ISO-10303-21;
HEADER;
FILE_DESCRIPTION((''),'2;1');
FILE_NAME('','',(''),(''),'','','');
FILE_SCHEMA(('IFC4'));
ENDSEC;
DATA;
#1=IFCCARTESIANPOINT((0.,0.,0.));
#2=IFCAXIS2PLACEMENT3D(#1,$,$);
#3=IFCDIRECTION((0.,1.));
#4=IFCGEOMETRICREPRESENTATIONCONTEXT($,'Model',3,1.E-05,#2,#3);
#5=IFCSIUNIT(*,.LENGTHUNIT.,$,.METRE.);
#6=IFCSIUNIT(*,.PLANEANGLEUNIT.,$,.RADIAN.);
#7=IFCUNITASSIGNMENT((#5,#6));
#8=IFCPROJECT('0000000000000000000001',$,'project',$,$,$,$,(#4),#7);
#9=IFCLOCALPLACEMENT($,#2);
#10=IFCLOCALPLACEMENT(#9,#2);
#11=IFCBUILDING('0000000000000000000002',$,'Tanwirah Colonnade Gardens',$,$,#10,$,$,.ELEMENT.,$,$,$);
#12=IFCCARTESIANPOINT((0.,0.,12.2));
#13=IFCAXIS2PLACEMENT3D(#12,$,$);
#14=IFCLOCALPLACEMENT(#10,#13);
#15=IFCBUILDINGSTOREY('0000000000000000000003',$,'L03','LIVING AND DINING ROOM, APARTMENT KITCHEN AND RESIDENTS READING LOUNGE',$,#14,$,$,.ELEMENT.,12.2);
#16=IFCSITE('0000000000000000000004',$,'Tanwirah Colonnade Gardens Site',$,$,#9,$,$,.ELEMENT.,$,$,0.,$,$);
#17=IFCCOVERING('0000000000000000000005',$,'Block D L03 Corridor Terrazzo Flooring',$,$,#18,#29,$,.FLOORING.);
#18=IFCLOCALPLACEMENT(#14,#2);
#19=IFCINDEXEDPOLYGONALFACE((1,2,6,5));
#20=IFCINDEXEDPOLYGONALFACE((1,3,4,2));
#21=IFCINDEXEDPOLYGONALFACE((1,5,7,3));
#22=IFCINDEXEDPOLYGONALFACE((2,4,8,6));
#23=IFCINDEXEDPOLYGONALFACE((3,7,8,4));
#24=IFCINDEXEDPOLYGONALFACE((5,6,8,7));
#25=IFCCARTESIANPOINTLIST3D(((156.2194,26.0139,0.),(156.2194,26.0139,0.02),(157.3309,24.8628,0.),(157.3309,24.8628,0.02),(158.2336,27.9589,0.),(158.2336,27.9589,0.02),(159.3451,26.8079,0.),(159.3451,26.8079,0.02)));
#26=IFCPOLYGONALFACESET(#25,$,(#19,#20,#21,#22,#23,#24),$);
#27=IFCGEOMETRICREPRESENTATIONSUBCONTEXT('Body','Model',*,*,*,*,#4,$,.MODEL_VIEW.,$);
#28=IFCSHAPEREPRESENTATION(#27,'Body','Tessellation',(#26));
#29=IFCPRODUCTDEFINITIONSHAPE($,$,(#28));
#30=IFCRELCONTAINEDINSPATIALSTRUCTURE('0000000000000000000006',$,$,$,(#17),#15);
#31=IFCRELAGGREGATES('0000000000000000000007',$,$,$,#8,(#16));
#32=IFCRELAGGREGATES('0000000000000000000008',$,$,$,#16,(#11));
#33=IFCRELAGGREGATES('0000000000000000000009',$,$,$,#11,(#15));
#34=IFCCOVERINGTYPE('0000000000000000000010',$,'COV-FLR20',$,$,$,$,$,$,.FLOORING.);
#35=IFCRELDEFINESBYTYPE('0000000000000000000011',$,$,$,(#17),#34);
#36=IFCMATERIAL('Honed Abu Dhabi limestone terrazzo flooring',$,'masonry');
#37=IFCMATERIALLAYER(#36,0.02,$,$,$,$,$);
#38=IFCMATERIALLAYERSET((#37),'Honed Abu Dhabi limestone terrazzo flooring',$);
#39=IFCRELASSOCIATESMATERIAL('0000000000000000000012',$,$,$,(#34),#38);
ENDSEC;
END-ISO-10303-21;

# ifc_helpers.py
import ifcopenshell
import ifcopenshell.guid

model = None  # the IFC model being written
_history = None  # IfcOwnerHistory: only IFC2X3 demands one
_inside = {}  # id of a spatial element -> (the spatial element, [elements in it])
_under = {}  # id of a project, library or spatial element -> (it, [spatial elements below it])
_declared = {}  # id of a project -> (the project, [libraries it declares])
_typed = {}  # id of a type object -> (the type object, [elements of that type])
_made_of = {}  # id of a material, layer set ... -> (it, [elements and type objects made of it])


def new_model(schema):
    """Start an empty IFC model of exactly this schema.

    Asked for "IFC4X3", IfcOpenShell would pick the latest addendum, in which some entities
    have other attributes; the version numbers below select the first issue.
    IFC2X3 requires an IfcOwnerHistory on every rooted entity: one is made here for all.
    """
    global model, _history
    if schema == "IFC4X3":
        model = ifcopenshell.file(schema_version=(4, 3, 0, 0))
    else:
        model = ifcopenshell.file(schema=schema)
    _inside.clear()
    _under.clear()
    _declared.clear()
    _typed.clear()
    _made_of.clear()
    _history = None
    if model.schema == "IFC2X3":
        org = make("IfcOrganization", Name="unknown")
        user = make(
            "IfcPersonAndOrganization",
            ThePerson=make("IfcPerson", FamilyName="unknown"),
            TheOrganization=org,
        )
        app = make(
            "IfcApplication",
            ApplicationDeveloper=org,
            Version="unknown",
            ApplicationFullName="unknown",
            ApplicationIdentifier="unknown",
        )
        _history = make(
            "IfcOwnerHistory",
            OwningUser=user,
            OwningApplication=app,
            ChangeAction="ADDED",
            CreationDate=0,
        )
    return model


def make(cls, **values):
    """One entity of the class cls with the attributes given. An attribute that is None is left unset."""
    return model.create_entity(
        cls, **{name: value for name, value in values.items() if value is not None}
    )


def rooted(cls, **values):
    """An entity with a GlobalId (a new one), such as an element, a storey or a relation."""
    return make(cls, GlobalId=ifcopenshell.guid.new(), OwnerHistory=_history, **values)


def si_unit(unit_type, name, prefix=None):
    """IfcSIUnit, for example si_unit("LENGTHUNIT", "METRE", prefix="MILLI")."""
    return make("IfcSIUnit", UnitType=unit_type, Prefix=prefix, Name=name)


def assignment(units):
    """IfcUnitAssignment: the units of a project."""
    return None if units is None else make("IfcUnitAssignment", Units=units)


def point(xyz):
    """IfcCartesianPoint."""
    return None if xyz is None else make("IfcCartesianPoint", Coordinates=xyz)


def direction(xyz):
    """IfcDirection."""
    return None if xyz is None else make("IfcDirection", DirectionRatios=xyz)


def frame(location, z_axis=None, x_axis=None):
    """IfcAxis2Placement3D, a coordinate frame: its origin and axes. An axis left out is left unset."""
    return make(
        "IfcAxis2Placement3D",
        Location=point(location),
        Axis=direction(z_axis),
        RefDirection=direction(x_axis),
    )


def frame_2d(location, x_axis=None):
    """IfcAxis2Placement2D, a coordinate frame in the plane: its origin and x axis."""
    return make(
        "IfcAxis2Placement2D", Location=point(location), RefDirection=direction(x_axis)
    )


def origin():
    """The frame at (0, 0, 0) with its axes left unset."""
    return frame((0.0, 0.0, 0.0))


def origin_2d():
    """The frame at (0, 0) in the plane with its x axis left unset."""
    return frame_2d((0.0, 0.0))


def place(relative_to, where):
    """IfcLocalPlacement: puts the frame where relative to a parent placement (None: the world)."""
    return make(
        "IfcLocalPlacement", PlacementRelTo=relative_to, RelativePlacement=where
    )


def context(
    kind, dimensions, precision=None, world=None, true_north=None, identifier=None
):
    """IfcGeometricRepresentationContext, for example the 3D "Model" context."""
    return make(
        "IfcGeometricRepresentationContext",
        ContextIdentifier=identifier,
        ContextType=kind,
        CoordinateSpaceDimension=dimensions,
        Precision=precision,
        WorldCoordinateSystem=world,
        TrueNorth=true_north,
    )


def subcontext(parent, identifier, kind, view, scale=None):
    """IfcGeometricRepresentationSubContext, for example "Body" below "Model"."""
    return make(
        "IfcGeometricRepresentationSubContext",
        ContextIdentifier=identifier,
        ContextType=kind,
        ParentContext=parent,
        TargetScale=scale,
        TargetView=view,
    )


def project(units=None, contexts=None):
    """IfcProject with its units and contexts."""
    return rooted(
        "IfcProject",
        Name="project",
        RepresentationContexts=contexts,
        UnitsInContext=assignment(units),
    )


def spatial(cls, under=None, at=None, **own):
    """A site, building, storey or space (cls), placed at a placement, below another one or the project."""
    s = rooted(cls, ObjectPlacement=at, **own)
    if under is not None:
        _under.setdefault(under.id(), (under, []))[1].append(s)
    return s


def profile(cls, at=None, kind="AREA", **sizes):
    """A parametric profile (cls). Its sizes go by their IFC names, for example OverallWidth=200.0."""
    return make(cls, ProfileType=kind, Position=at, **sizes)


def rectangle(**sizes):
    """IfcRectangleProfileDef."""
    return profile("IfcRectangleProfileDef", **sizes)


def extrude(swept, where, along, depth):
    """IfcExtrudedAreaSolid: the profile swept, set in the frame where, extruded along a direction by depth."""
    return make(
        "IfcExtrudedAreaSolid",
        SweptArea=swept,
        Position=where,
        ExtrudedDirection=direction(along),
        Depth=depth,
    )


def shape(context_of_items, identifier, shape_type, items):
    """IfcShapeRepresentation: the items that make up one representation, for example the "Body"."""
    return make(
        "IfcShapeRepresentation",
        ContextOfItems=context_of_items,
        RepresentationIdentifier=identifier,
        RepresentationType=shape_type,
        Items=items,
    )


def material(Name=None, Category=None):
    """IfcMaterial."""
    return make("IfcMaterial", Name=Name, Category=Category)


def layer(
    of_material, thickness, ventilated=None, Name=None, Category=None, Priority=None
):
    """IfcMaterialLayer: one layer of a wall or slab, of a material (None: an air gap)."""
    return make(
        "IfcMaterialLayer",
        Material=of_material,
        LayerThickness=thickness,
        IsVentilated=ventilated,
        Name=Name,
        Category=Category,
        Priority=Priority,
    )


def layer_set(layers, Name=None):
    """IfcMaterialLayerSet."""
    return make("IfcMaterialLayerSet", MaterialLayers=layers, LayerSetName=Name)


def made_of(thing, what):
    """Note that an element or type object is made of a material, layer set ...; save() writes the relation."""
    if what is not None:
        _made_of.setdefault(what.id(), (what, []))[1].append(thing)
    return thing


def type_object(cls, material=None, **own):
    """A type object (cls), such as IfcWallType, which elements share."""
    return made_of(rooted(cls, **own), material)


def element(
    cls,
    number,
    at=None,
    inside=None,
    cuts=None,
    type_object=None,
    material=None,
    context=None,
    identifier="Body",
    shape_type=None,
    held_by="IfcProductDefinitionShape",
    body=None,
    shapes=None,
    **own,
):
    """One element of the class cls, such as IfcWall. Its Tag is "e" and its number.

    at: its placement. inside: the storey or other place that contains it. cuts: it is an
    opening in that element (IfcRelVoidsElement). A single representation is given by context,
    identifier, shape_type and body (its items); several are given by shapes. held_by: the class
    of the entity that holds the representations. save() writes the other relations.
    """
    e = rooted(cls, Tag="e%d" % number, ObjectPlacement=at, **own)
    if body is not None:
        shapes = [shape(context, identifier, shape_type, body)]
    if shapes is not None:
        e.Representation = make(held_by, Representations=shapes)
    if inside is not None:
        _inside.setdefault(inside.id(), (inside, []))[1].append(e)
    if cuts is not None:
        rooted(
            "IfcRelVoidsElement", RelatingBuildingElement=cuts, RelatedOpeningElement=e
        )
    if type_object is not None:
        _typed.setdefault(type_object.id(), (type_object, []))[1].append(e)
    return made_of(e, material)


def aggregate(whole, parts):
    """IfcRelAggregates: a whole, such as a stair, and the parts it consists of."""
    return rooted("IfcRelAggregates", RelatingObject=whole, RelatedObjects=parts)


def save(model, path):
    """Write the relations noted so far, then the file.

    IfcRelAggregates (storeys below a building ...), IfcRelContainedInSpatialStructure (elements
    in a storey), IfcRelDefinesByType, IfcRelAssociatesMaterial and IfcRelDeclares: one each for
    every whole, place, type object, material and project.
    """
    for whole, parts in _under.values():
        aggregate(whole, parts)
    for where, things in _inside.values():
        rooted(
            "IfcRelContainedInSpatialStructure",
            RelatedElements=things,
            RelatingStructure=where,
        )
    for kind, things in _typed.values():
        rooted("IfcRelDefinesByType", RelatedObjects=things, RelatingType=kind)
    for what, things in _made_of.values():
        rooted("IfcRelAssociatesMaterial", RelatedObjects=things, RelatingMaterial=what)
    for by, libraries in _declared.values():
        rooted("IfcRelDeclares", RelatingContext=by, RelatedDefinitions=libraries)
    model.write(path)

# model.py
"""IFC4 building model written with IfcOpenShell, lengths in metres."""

from ifc_helpers import new_model, si_unit, direction, frame, origin, origin_2d, place, context, subcontext, project, spatial, rectangle, extrude, material, layer, layer_set, type_object, element, save


model = new_model("IFC4")

# Units and contexts
model_context = context("Model", 3, precision=1e-05, world=origin(), true_north=direction((0.0, 1.0)))
body_context = subcontext(model_context, "Body", "Model", "MODEL_VIEW")
ifc_project = project(units=[si_unit("LENGTHUNIT", "METRE"), si_unit("PLANEANGLEUNIT", "RADIAN")], contexts=[model_context])

# Site, building, storey
site_placement = place(None, origin())
site = spatial("IfcSite", under=ifc_project, at=site_placement, Name="Tanwirah Colonnade Gardens Site", CompositionType="ELEMENT", RefElevation=0.0)
building_placement = place(site_placement, origin())
building = spatial("IfcBuilding", under=site, at=building_placement, Name="Tanwirah Colonnade Gardens", CompositionType="ELEMENT")
storey_placement = place(building_placement, frame((0.0, 0.0, 12.2)))
storey = spatial("IfcBuildingStorey", under=building, at=storey_placement, Name="L03", Description="LIVING AND DINING ROOM, APARTMENT KITCHEN AND RESIDENTS READING LOUNGE", CompositionType="ELEMENT", Elevation=12.2)

# Covering
ifc_material_1 = material(Name="Honed Abu Dhabi limestone terrazzo flooring", Category="masonry")
ifc_layer_1 = layer(ifc_material_1, 0.02)
ifc_layer_set_1 = layer_set([ifc_layer_1], Name="Honed Abu Dhabi limestone terrazzo flooring")
covering_type_1 = type_object("IfcCoveringType", Name="COV-FLR20", PredefinedType="FLOORING", material=ifc_layer_set_1)
covering_1_placement = place(storey_placement, frame((157.7822, 26.4109, 0.0), z_axis=(0.0, 0.0, 1.0), x_axis=(0.71934, 0.694658, 0.0)))
element("IfcCovering", 1, at=covering_1_placement, inside=storey, type_object=covering_type_1, Name="Block D L03 Corridor Terrazzo Flooring", PredefinedType="FLOORING", context=body_context, shape_type="SweptSolid", body=[
    extrude(rectangle(XDim=2.8, YDim=1.6001, at=origin_2d()), origin(), (0.0, 0.0, 1.0), 0.02),
])

save(model, "model.ifc")
